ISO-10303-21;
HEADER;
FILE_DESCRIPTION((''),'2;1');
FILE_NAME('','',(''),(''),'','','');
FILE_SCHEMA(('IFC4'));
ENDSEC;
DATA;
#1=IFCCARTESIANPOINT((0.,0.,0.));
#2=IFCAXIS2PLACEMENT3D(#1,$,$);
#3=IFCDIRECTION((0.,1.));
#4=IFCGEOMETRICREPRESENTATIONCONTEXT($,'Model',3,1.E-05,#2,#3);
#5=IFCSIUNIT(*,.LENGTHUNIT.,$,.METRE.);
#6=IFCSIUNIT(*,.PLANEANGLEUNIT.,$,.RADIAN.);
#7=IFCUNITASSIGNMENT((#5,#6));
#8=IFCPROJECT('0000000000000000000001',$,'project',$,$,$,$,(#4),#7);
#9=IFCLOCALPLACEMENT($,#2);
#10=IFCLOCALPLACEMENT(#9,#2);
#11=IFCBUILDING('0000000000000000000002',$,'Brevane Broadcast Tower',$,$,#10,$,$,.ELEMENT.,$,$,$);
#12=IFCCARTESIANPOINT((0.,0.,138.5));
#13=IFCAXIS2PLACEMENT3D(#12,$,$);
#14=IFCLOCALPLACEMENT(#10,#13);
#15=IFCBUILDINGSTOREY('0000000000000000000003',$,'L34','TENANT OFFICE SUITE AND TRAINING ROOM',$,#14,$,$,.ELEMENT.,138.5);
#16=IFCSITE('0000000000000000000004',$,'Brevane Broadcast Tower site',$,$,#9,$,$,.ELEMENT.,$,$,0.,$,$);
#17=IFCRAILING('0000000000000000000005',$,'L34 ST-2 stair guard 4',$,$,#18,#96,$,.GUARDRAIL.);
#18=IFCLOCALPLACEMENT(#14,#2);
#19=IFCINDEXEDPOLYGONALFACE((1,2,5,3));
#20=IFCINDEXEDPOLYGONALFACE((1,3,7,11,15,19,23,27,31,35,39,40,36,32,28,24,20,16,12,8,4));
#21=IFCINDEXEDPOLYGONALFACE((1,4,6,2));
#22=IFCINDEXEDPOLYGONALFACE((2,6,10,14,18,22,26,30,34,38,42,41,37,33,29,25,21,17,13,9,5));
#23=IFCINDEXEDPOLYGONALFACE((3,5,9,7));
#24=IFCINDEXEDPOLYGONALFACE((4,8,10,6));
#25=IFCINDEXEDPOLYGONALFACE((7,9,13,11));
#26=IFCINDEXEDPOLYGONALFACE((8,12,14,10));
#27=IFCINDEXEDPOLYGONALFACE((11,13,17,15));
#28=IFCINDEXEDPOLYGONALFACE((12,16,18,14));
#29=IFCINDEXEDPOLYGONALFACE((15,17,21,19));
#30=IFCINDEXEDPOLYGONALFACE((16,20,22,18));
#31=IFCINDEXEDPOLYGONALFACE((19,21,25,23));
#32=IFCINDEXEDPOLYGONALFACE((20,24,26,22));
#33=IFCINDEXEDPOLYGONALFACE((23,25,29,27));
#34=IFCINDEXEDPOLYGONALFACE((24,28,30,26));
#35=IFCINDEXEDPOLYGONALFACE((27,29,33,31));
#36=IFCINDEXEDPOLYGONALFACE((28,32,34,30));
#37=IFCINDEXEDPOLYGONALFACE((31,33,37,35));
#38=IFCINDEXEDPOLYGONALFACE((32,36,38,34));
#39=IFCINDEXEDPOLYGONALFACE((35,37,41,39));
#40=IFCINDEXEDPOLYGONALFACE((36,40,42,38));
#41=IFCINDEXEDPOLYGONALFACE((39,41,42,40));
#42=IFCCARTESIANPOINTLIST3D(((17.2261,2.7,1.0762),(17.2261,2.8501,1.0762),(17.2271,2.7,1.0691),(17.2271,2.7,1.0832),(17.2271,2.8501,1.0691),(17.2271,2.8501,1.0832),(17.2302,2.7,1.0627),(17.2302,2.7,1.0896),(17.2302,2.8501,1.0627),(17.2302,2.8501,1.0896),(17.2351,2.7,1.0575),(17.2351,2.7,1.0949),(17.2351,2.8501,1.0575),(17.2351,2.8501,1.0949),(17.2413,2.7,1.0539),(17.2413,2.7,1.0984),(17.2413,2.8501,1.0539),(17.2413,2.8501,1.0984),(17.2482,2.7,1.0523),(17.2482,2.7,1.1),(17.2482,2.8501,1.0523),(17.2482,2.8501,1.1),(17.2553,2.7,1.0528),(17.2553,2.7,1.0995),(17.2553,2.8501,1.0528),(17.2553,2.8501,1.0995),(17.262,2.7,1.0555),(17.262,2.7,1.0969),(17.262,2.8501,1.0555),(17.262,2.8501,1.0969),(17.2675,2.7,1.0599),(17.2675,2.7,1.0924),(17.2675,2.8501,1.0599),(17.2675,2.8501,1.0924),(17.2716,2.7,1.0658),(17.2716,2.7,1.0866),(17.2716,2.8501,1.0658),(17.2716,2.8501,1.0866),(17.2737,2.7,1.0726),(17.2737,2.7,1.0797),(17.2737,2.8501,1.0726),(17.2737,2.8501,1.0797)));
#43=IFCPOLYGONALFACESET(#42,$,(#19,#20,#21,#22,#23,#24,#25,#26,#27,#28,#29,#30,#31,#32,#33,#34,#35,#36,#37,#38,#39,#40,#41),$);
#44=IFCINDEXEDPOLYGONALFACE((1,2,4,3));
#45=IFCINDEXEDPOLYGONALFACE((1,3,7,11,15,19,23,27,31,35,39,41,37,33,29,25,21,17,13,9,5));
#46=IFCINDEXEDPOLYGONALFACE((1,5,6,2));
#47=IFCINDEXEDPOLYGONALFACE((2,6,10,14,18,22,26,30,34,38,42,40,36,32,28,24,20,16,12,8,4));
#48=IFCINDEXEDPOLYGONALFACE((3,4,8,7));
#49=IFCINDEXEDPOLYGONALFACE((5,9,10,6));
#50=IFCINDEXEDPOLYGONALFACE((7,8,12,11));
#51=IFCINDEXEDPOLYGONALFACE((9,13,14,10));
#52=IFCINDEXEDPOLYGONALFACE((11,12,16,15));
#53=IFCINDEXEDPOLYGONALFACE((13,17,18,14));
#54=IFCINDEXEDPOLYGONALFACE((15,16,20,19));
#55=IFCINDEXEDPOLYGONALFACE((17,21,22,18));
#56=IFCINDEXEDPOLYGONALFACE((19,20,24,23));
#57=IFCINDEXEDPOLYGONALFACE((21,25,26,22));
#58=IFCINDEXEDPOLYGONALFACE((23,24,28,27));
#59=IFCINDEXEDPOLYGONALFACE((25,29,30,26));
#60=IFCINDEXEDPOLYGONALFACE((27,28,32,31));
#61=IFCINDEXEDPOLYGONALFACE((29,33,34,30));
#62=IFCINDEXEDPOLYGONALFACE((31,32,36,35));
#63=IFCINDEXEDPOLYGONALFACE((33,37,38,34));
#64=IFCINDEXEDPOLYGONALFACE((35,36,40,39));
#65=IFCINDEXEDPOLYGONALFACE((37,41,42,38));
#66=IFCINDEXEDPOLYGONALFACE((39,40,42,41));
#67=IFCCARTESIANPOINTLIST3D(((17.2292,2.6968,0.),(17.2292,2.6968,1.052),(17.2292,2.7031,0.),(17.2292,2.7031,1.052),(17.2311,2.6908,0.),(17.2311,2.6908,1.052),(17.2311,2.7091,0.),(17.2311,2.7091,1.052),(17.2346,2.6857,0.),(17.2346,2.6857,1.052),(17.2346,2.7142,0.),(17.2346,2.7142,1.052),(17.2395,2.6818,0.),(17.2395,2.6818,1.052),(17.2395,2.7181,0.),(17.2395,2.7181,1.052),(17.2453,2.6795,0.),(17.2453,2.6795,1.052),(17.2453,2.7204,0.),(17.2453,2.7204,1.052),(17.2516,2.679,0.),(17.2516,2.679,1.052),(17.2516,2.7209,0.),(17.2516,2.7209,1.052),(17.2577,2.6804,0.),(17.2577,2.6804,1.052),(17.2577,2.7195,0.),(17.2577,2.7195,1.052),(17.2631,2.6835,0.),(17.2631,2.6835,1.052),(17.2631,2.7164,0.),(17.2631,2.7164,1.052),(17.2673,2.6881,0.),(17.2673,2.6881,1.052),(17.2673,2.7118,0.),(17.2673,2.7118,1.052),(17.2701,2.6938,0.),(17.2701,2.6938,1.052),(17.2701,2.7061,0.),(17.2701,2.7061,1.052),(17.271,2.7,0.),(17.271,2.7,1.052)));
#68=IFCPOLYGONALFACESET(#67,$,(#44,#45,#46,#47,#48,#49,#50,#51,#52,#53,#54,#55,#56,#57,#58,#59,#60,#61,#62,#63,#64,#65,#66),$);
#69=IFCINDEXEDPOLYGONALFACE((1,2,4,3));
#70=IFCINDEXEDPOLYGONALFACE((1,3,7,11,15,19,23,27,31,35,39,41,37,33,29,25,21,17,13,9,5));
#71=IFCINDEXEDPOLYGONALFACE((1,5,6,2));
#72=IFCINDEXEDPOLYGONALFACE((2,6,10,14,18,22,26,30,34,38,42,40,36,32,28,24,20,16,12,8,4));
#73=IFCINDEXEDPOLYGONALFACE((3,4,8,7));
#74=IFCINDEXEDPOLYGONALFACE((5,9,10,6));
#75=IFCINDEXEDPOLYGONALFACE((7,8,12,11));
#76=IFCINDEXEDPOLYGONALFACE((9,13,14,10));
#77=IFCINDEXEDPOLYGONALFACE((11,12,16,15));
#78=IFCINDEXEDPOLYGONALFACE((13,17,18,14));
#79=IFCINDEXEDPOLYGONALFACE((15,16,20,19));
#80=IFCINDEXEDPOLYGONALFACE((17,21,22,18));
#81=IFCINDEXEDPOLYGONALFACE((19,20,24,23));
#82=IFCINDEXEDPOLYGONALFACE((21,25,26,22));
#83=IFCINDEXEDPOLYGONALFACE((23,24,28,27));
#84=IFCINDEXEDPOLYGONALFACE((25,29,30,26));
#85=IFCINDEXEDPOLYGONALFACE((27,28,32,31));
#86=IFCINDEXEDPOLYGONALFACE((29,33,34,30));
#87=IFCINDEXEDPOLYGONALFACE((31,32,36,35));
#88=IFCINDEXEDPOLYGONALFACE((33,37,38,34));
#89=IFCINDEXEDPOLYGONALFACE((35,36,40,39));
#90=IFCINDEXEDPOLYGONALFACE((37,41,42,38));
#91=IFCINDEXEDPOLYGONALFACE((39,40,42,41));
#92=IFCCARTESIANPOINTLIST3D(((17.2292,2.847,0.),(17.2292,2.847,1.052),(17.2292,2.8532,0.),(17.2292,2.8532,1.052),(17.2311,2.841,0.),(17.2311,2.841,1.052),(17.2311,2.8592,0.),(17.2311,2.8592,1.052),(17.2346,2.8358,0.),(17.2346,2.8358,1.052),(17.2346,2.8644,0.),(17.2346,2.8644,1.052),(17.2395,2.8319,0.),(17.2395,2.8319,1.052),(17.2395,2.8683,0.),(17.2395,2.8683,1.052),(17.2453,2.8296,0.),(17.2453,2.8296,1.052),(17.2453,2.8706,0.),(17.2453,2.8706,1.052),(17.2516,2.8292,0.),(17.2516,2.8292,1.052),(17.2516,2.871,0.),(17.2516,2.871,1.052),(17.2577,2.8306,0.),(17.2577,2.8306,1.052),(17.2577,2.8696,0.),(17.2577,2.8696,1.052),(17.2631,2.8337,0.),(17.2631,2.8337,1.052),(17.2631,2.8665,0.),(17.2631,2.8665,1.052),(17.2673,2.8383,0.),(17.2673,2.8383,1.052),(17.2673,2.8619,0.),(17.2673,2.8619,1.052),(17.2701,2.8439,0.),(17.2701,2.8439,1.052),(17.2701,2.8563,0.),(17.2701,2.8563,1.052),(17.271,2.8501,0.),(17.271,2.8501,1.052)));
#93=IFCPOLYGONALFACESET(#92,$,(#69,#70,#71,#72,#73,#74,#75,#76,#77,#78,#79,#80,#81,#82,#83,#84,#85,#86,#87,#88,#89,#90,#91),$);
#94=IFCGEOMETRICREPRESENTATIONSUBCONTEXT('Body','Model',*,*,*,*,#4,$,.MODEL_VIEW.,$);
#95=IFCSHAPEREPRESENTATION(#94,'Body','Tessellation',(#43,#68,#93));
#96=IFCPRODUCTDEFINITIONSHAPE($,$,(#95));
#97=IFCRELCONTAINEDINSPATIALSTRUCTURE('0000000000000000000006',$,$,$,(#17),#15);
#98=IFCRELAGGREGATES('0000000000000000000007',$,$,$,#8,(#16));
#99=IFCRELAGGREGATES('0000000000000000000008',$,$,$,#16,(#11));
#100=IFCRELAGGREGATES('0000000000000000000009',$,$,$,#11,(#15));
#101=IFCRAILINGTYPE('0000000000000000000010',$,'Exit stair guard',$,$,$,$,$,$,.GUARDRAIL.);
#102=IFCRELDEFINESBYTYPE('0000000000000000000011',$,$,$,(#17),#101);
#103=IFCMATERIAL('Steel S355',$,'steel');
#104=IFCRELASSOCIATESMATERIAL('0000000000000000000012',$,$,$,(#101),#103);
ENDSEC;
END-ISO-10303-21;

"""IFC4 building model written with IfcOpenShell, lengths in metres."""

from ifc_helpers import new_model, si_unit, direction, frame, origin, origin_2d, place, context, subcontext, project, spatial, circle, extrude, material, type_object, element, save


model = new_model("IFC4")

# Units and contexts
model_context = context("Model", 3, precision=1e-05, world=origin(), true_north=direction((0.0, 1.0)))
body_context = subcontext(model_context, "Body", "Model", "MODEL_VIEW")
ifc_project = project(units=[si_unit("LENGTHUNIT", "METRE"), si_unit("PLANEANGLEUNIT", "RADIAN")], contexts=[model_context])

# Site, building, storey
site_placement = place(None, origin())
site = spatial("IfcSite", under=ifc_project, at=site_placement, Name="Brevane Broadcast Tower site", CompositionType="ELEMENT", RefElevation=0.0)
building_placement = place(site_placement, origin())
building = spatial("IfcBuilding", under=site, at=building_placement, Name="Brevane Broadcast Tower", CompositionType="ELEMENT")
storey_placement = place(building_placement, frame((0.0, 0.0, 138.5)))
storey = spatial("IfcBuildingStorey", under=building, at=storey_placement, Name="L34", Description="TENANT OFFICE SUITE AND TRAINING ROOM", CompositionType="ELEMENT", Elevation=138.5)

# Railing
ifc_material_1 = material(Name="Steel S355", Category="steel")
railing_type_1 = type_object("IfcRailingType", Name="Exit stair guard", PredefinedType="GUARDRAIL", material=ifc_material_1)
railing_1_placement = place(storey_placement, frame((17.25, 2.7, 0.0)))
element("IfcRailing", 1, at=railing_1_placement, inside=storey, type_object=railing_type_1, Name="L34 ST-2 stair guard 4", PredefinedType="GUARDRAIL", context=body_context, shape_type="SweptSolid", body=[
    extrude(circle(Radius=0.0239, at=origin_2d()), frame((0.0, 0.0, 1.0762), z_axis=(0.0, 1.0, 0.0), x_axis=(-1.0, 0.0, 0.0)), (0.0, 0.0, 1.0), 0.1501),
    extrude(circle(Radius=0.021, at=origin_2d()), origin(), (0.0, 0.0, 1.0), 1.052),
    extrude(circle(Radius=0.021, at=origin_2d()), frame((0.0, 0.1501, 0.0)), (0.0, 0.0, 1.0), 1.052),
])

save(model, "model.ifc")
